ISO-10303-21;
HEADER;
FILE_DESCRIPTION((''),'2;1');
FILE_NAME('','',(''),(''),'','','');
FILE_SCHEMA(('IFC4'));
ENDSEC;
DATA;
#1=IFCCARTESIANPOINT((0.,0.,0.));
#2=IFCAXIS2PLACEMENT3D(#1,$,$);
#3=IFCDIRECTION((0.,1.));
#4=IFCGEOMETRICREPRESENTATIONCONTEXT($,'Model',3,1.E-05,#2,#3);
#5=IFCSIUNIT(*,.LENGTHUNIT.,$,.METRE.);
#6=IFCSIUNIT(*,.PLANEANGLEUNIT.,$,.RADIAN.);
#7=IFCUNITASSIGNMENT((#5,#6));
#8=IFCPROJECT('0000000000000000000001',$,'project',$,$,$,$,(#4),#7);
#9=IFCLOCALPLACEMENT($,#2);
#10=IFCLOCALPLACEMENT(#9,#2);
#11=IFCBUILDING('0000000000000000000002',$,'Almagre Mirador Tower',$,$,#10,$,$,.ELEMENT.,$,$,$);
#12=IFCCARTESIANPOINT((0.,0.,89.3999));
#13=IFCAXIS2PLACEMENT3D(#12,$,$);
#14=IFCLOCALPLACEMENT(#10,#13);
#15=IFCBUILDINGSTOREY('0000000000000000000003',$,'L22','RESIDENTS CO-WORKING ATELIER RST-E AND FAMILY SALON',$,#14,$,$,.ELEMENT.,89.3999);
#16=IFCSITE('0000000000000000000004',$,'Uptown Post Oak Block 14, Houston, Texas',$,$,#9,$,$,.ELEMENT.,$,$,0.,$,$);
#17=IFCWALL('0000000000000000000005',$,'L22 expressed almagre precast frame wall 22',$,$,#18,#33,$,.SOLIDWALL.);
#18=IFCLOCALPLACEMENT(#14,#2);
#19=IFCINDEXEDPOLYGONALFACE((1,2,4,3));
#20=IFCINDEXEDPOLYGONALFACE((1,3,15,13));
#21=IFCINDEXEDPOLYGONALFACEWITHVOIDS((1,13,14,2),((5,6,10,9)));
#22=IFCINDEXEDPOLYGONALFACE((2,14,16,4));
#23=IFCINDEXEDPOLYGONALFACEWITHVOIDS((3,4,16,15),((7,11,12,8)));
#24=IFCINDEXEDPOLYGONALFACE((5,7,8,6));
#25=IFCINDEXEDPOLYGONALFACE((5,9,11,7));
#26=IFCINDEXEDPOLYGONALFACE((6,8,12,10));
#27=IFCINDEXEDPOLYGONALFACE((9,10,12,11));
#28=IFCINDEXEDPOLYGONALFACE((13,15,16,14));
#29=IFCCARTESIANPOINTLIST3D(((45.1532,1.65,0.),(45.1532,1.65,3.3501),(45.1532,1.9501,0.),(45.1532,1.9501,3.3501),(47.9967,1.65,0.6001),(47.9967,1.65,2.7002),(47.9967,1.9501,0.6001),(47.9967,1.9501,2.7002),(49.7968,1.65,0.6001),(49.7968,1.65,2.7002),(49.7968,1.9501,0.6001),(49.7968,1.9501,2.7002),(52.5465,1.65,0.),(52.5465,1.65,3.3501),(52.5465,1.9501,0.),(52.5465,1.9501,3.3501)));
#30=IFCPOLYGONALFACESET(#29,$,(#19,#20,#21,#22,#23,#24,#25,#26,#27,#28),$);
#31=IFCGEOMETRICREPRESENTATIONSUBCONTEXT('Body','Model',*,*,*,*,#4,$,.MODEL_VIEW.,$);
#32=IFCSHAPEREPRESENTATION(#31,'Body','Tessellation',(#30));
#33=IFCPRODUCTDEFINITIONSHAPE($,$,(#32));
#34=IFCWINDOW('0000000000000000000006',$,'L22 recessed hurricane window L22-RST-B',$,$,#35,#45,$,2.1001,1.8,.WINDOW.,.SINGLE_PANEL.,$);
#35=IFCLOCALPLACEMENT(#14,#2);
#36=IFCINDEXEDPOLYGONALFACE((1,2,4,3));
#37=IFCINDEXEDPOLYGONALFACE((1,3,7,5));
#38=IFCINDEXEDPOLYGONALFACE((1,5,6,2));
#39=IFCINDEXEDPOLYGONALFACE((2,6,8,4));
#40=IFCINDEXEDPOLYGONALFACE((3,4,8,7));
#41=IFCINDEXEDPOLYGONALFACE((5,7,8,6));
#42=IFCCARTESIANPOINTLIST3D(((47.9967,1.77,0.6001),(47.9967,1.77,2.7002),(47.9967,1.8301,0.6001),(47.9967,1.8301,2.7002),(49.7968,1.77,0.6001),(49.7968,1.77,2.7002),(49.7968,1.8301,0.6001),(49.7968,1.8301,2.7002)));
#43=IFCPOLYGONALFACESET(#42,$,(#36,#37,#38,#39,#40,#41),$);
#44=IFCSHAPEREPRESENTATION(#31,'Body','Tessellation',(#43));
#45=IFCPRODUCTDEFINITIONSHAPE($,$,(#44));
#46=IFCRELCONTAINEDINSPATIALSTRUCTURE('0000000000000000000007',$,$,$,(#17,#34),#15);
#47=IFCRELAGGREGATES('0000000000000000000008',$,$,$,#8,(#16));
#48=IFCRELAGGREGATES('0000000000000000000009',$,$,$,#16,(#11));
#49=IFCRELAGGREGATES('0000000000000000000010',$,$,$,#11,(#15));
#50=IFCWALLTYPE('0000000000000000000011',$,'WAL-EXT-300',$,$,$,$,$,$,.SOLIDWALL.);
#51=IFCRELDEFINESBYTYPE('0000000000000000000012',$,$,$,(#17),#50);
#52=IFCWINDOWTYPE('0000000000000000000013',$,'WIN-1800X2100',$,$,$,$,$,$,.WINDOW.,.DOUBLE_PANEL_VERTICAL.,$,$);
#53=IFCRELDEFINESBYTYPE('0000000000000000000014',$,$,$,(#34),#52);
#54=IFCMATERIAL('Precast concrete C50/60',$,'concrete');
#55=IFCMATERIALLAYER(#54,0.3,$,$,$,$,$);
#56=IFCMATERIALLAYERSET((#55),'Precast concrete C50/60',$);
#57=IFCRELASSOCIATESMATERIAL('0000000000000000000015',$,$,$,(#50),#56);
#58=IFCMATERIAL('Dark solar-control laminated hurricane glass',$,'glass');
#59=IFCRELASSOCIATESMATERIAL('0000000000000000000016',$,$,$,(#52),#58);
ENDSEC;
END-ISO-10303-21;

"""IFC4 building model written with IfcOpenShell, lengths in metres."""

from ifc_helpers import new_model, si_unit, direction, frame, frame_2d, origin, place, context, subcontext, project, spatial, rectangle, extrude, material, layer, layer_set, type_object, element, fill, save


model = new_model("IFC4")

# Units and contexts
model_context = context("Model", 3, precision=1e-05, world=origin(), true_north=direction((0.0, 1.0)))
body_context = subcontext(model_context, "Body", "Model", "MODEL_VIEW")
ifc_project = project(units=[si_unit("LENGTHUNIT", "METRE"), si_unit("PLANEANGLEUNIT", "RADIAN")], contexts=[model_context])

# Site, building, storey
site_placement = place(None, origin())
site = spatial("IfcSite", under=ifc_project, at=site_placement, Name="Uptown Post Oak Block 14, Houston, Texas", CompositionType="ELEMENT", RefElevation=0.0)
building_placement = place(site_placement, origin())
building = spatial("IfcBuilding", under=site, at=building_placement, Name="Almagre Mirador Tower", CompositionType="ELEMENT")
storey_placement = place(building_placement, frame((0.0, 0.0, 89.3999)))
storey = spatial("IfcBuildingStorey", under=building, at=storey_placement, Name="L22", Description="RESIDENTS CO-WORKING ATELIER RST-E AND FAMILY SALON", CompositionType="ELEMENT", Elevation=89.3999)

# Shared definitions
ifc_material_1 = material(Name="Precast concrete C50/60", Category="concrete")
ifc_layer = layer(ifc_material_1, 0.3)
ifc_layer_set = layer_set([ifc_layer], Name="Precast concrete C50/60")
wall_type = type_object("IfcWallType", Name="WAL-EXT-300", PredefinedType="SOLIDWALL", material=ifc_layer_set)
ifc_material_2 = material(Name="Dark solar-control laminated hurricane glass", Category="glass")
window_type_1 = type_object("IfcWindowType", Name="WIN-1800X2100", PartitioningType="DOUBLE_PANEL_VERTICAL", PredefinedType="WINDOW", material=ifc_material_2)

# Wall, opening, window
wall_1_placement = place(storey_placement, frame((52.5466, 1.8, 0.0), z_axis=(0.0, 0.0, 1.0), x_axis=(-1.0, 0.0, 0.0)))
wall_1 = element("IfcWall", 1, at=wall_1_placement, inside=storey, type_object=wall_type, Name="L22 expressed almagre precast frame wall 22", PredefinedType="SOLIDWALL", context=body_context, shape_type="SweptSolid", body=[
    extrude(rectangle(XDim=7.3933, YDim=0.3, at=frame_2d((3.6968, 0.0))), origin(), (0.0, 0.0, 1.0), 3.3501),
])
opening_1_placement = place(wall_1_placement, frame((2.75, 0.0, 0.6001)))
opening_1 = element("IfcOpeningElement", 2, at=opening_1_placement, cuts=wall_1, PredefinedType="OPENING", context=body_context, shape_type="SweptSolid", body=[
    extrude(rectangle(XDim=1.8, YDim=2.1001, at=frame_2d((0.8999, 1.05))), frame((0.0, 0.1599, 0.0), z_axis=(0.0, -1.0, 0.0), x_axis=(1.0, 0.0, 0.0)), (0.0, 0.0, 1.0), 0.32),
])
window_1_placement = place(opening_1_placement, origin())
window_1 = element("IfcWindow", 3, at=window_1_placement, inside=storey, type_object=window_type_1, Name="L22 recessed hurricane window L22-RST-B", OverallHeight=2.1001, OverallWidth=1.8, PartitioningType="SINGLE_PANEL", PredefinedType="WINDOW", context=body_context, shape_type="SweptSolid", body=[
    extrude(rectangle(XDim=1.8, YDim=2.1001, at=frame_2d((0.8999, 1.05))), frame((0.0, 0.03, 0.0), z_axis=(0.0, -1.0, 0.0), x_axis=(1.0, 0.0, 0.0)), (0.0, 0.0, 1.0), 0.0601),
])
fill(opening_1, window_1)

save(model, "model.ifc")
